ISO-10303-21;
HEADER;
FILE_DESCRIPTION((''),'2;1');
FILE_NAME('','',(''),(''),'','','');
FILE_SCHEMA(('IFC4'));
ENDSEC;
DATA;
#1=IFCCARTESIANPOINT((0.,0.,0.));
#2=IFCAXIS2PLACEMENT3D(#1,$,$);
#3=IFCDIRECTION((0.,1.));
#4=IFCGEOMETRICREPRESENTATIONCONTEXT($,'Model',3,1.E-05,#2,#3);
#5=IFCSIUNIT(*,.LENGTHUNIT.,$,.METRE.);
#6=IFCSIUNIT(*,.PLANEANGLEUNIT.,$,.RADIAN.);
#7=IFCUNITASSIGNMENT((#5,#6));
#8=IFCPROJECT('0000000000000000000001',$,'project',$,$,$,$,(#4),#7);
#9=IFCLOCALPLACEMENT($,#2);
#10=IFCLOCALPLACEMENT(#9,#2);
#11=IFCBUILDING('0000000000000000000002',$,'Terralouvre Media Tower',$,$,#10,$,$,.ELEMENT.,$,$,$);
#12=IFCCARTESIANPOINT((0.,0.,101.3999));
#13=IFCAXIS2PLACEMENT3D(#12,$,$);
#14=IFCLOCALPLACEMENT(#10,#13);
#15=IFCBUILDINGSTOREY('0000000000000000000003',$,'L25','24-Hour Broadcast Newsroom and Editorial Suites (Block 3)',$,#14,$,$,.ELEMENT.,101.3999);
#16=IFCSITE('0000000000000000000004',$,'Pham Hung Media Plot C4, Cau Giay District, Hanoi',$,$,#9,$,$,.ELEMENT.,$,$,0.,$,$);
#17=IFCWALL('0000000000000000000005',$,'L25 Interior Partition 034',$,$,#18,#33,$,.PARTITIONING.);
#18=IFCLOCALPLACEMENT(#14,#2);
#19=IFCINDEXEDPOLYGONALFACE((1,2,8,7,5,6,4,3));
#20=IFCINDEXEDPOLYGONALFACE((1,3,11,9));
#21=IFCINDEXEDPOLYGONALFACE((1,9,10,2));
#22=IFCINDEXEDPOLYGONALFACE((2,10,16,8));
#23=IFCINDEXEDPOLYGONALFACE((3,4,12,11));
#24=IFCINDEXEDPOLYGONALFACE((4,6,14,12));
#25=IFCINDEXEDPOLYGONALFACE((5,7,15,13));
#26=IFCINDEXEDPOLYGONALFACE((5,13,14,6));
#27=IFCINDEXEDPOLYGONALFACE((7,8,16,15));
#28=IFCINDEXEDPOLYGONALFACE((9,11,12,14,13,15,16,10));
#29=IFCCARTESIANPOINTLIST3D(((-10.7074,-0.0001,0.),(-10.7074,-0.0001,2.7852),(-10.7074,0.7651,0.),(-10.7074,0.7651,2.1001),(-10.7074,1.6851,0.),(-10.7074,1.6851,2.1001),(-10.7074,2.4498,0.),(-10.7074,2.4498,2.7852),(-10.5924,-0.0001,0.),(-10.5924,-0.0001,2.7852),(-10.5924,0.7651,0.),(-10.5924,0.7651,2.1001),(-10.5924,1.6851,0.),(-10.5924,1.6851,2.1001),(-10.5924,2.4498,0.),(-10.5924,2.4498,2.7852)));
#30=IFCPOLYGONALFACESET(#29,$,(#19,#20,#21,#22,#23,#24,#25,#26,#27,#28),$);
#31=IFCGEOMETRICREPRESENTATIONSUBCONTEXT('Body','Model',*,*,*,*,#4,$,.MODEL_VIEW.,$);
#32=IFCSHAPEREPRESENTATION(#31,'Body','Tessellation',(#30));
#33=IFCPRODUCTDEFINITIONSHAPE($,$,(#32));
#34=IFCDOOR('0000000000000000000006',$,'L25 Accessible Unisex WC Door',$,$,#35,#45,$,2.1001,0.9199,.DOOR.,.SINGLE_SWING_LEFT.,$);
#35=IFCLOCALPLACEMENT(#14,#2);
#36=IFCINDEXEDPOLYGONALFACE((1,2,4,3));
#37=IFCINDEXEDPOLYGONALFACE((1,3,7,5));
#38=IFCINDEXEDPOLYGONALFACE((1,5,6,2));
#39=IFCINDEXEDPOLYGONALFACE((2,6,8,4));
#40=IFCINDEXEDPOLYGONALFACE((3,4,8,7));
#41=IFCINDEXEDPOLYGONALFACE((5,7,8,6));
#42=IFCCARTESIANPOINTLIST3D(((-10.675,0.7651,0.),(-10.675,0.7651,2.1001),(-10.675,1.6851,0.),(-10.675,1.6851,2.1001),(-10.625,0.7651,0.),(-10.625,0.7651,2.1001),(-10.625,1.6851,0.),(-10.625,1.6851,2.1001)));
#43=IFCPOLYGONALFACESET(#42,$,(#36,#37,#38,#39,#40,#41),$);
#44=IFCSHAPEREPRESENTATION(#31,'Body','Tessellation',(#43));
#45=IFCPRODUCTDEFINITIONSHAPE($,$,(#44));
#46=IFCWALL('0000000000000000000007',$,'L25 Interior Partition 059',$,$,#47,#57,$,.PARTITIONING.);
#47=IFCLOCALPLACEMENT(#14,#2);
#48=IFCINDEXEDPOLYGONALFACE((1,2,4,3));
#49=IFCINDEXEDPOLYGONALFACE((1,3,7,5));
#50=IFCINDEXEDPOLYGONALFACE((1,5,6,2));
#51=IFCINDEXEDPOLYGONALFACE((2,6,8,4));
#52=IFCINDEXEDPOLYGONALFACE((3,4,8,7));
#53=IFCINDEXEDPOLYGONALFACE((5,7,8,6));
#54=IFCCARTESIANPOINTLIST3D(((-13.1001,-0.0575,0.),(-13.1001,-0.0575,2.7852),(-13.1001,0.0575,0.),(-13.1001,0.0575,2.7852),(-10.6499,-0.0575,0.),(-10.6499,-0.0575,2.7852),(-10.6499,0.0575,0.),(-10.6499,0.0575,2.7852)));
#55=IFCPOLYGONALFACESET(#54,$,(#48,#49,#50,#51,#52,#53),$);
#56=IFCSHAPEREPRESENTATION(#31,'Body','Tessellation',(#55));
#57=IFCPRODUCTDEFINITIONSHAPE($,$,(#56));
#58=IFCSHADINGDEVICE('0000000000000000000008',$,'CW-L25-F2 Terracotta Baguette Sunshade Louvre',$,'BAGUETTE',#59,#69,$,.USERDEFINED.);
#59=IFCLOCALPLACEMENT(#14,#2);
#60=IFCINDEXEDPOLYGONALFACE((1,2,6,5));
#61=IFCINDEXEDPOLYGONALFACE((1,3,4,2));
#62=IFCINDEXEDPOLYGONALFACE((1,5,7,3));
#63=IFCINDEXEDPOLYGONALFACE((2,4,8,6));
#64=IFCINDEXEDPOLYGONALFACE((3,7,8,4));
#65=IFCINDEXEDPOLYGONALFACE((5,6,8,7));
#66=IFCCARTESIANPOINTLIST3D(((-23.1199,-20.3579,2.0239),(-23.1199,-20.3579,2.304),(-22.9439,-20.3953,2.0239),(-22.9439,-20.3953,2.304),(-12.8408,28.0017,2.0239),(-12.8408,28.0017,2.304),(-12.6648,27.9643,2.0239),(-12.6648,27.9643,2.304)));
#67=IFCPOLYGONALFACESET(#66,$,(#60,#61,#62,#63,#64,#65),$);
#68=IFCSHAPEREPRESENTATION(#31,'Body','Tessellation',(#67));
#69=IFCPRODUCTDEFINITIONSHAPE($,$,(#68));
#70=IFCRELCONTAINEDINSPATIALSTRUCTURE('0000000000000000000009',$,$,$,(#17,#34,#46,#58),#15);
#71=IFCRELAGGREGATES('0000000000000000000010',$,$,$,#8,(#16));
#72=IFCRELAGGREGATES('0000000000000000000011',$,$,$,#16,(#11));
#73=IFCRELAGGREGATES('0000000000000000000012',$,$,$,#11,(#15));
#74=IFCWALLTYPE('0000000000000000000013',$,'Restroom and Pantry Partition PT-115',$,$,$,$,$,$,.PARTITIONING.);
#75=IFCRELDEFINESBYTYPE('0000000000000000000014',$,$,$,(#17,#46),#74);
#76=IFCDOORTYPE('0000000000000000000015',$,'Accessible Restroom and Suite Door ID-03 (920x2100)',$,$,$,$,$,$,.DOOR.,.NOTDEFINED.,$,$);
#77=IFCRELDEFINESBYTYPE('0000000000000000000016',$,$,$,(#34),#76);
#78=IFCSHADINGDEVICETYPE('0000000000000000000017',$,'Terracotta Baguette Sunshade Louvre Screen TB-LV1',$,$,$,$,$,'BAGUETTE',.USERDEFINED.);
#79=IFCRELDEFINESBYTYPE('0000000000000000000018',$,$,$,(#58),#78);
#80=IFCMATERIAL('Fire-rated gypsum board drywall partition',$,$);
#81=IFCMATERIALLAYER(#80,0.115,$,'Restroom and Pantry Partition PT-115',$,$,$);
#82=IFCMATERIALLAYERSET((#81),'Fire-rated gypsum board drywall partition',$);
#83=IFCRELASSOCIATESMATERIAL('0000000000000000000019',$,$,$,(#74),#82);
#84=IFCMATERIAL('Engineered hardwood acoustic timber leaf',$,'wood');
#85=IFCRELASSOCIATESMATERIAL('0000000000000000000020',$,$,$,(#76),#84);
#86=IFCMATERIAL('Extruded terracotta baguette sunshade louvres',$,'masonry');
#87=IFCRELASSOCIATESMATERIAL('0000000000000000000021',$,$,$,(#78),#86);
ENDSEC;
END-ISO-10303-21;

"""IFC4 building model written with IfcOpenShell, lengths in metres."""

from ifc_helpers import new_model, si_unit, direction, frame, frame_2d, origin, origin_2d, place, context, subcontext, project, spatial, rectangle, extrude, material, layer, layer_set, type_object, element, fill, save


model = new_model("IFC4")

# Units and contexts
model_context = context("Model", 3, precision=1e-05, world=origin(), true_north=direction((0.0, 1.0)))
body_context = subcontext(model_context, "Body", "Model", "MODEL_VIEW")
ifc_project = project(units=[si_unit("LENGTHUNIT", "METRE"), si_unit("PLANEANGLEUNIT", "RADIAN")], contexts=[model_context])

# Site, building, storey
site_placement = place(None, origin())
site = spatial("IfcSite", under=ifc_project, at=site_placement, Name="Pham Hung Media Plot C4, Cau Giay District, Hanoi", CompositionType="ELEMENT", RefElevation=0.0)
building_placement = place(site_placement, origin())
building = spatial("IfcBuilding", under=site, at=building_placement, Name="Terralouvre Media Tower", CompositionType="ELEMENT")
storey_placement = place(building_placement, frame((0.0, 0.0, 101.3999)))
storey = spatial("IfcBuildingStorey", under=building, at=storey_placement, Name="L25", Description="24-Hour Broadcast Newsroom and Editorial Suites (Block 3)", CompositionType="ELEMENT", Elevation=101.3999)

# Wall, opening, door
ifc_material_1 = material(Name="Fire-rated gypsum board drywall partition")
ifc_layer_1 = layer(ifc_material_1, 0.115, Name="Restroom and Pantry Partition PT-115")
ifc_layer_set_1 = layer_set([ifc_layer_1], Name="Fire-rated gypsum board drywall partition")
wall_type_1 = type_object("IfcWallType", Name="Restroom and Pantry Partition PT-115", PredefinedType="PARTITIONING", material=ifc_layer_set_1)
ifc_material_2 = material(Name="Engineered hardwood acoustic timber leaf", Category="wood")
door_type_1 = type_object("IfcDoorType", Name="Accessible Restroom and Suite Door ID-03 (920x2100)", OperationType="NOTDEFINED", PredefinedType="DOOR", material=ifc_material_2)
wall_1_placement = place(storey_placement, frame((-10.6499, 2.45, 0.0), z_axis=(0.0, 0.0, 1.0), x_axis=(0.0, -1.0, 0.0)))
wall_1 = element("IfcWall", 1, at=wall_1_placement, inside=storey, type_object=wall_type_1, Name="L25 Interior Partition 034", PredefinedType="PARTITIONING", context=body_context, shape_type="SweptSolid", body=[
    extrude(rectangle(XDim=2.45, YDim=0.115, at=frame_2d((1.2251, 0.0))), origin(), (0.0, 0.0, 1.0), 2.7852),
])
opening_1_placement = place(wall_1_placement, frame((0.7649, 0.0, 0.0)))
opening_1 = element("IfcOpeningElement", 2, at=opening_1_placement, cuts=wall_1, PredefinedType="OPENING", context=body_context, shape_type="SweptSolid", body=[
    extrude(rectangle(XDim=0.9199, YDim=2.1001, at=frame_2d((0.46, 1.05))), frame((0.0, 0.0674, 0.0), z_axis=(0.0, -1.0, 0.0), x_axis=(1.0, 0.0, 0.0)), (0.0, 0.0, 1.0), 0.135),
])
door_1_placement = place(opening_1_placement, origin())
door_1 = element("IfcDoor", 3, at=door_1_placement, inside=storey, type_object=door_type_1, Name="L25 Accessible Unisex WC Door", OperationType="SINGLE_SWING_LEFT", OverallHeight=2.1001, OverallWidth=0.9199, PredefinedType="DOOR", context=body_context, shape_type="SweptSolid", body=[
    extrude(rectangle(XDim=0.9199, YDim=2.1001, at=frame_2d((0.46, 1.05))), frame((0.0, 0.0249, 0.0), z_axis=(0.0, -1.0, 0.0), x_axis=(1.0, 0.0, 0.0)), (0.0, 0.0, 1.0), 0.05),
])
fill(opening_1, door_1)

# Wall
wall_2_placement = place(storey_placement, frame((-10.6499, 0.0, 0.0), z_axis=(0.0, 0.0, 1.0), x_axis=(-1.0, 0.0, 0.0)))
element("IfcWall", 4, at=wall_2_placement, inside=storey, type_object=wall_type_1, Name="L25 Interior Partition 059", PredefinedType="PARTITIONING", context=body_context, shape_type="SweptSolid", body=[
    extrude(rectangle(XDim=2.4502, YDim=0.115, at=frame_2d((1.2251, 0.0))), origin(), (0.0, 0.0, 1.0), 2.7852),
])

# Shading device
ifc_material_3 = material(Name="Extruded terracotta baguette sunshade louvres", Category="masonry")
shading_device_type = type_object("IfcShadingDeviceType", Name="Terracotta Baguette Sunshade Louvre Screen TB-LV1", ElementType="BAGUETTE", PredefinedType="USERDEFINED", material=ifc_material_3)
shading_device_placement = place(storey_placement, frame((-17.8923, 3.8032, 2.0239), z_axis=(0.0, 0.0, 1.0), x_axis=(-0.207912, -0.978148, 0.0)))
element("IfcShadingDevice", 5, at=shading_device_placement, inside=storey, type_object=shading_device_type, Name="CW-L25-F2 Terracotta Baguette Sunshade Louvre", ObjectType="BAGUETTE", PredefinedType="USERDEFINED", context=body_context, shape_type="SweptSolid", body=[
    extrude(rectangle(XDim=49.4399, YDim=0.1799, at=origin_2d()), origin(), (0.0, 0.0, 1.0), 0.28),
])

save(model, "model.ifc")
